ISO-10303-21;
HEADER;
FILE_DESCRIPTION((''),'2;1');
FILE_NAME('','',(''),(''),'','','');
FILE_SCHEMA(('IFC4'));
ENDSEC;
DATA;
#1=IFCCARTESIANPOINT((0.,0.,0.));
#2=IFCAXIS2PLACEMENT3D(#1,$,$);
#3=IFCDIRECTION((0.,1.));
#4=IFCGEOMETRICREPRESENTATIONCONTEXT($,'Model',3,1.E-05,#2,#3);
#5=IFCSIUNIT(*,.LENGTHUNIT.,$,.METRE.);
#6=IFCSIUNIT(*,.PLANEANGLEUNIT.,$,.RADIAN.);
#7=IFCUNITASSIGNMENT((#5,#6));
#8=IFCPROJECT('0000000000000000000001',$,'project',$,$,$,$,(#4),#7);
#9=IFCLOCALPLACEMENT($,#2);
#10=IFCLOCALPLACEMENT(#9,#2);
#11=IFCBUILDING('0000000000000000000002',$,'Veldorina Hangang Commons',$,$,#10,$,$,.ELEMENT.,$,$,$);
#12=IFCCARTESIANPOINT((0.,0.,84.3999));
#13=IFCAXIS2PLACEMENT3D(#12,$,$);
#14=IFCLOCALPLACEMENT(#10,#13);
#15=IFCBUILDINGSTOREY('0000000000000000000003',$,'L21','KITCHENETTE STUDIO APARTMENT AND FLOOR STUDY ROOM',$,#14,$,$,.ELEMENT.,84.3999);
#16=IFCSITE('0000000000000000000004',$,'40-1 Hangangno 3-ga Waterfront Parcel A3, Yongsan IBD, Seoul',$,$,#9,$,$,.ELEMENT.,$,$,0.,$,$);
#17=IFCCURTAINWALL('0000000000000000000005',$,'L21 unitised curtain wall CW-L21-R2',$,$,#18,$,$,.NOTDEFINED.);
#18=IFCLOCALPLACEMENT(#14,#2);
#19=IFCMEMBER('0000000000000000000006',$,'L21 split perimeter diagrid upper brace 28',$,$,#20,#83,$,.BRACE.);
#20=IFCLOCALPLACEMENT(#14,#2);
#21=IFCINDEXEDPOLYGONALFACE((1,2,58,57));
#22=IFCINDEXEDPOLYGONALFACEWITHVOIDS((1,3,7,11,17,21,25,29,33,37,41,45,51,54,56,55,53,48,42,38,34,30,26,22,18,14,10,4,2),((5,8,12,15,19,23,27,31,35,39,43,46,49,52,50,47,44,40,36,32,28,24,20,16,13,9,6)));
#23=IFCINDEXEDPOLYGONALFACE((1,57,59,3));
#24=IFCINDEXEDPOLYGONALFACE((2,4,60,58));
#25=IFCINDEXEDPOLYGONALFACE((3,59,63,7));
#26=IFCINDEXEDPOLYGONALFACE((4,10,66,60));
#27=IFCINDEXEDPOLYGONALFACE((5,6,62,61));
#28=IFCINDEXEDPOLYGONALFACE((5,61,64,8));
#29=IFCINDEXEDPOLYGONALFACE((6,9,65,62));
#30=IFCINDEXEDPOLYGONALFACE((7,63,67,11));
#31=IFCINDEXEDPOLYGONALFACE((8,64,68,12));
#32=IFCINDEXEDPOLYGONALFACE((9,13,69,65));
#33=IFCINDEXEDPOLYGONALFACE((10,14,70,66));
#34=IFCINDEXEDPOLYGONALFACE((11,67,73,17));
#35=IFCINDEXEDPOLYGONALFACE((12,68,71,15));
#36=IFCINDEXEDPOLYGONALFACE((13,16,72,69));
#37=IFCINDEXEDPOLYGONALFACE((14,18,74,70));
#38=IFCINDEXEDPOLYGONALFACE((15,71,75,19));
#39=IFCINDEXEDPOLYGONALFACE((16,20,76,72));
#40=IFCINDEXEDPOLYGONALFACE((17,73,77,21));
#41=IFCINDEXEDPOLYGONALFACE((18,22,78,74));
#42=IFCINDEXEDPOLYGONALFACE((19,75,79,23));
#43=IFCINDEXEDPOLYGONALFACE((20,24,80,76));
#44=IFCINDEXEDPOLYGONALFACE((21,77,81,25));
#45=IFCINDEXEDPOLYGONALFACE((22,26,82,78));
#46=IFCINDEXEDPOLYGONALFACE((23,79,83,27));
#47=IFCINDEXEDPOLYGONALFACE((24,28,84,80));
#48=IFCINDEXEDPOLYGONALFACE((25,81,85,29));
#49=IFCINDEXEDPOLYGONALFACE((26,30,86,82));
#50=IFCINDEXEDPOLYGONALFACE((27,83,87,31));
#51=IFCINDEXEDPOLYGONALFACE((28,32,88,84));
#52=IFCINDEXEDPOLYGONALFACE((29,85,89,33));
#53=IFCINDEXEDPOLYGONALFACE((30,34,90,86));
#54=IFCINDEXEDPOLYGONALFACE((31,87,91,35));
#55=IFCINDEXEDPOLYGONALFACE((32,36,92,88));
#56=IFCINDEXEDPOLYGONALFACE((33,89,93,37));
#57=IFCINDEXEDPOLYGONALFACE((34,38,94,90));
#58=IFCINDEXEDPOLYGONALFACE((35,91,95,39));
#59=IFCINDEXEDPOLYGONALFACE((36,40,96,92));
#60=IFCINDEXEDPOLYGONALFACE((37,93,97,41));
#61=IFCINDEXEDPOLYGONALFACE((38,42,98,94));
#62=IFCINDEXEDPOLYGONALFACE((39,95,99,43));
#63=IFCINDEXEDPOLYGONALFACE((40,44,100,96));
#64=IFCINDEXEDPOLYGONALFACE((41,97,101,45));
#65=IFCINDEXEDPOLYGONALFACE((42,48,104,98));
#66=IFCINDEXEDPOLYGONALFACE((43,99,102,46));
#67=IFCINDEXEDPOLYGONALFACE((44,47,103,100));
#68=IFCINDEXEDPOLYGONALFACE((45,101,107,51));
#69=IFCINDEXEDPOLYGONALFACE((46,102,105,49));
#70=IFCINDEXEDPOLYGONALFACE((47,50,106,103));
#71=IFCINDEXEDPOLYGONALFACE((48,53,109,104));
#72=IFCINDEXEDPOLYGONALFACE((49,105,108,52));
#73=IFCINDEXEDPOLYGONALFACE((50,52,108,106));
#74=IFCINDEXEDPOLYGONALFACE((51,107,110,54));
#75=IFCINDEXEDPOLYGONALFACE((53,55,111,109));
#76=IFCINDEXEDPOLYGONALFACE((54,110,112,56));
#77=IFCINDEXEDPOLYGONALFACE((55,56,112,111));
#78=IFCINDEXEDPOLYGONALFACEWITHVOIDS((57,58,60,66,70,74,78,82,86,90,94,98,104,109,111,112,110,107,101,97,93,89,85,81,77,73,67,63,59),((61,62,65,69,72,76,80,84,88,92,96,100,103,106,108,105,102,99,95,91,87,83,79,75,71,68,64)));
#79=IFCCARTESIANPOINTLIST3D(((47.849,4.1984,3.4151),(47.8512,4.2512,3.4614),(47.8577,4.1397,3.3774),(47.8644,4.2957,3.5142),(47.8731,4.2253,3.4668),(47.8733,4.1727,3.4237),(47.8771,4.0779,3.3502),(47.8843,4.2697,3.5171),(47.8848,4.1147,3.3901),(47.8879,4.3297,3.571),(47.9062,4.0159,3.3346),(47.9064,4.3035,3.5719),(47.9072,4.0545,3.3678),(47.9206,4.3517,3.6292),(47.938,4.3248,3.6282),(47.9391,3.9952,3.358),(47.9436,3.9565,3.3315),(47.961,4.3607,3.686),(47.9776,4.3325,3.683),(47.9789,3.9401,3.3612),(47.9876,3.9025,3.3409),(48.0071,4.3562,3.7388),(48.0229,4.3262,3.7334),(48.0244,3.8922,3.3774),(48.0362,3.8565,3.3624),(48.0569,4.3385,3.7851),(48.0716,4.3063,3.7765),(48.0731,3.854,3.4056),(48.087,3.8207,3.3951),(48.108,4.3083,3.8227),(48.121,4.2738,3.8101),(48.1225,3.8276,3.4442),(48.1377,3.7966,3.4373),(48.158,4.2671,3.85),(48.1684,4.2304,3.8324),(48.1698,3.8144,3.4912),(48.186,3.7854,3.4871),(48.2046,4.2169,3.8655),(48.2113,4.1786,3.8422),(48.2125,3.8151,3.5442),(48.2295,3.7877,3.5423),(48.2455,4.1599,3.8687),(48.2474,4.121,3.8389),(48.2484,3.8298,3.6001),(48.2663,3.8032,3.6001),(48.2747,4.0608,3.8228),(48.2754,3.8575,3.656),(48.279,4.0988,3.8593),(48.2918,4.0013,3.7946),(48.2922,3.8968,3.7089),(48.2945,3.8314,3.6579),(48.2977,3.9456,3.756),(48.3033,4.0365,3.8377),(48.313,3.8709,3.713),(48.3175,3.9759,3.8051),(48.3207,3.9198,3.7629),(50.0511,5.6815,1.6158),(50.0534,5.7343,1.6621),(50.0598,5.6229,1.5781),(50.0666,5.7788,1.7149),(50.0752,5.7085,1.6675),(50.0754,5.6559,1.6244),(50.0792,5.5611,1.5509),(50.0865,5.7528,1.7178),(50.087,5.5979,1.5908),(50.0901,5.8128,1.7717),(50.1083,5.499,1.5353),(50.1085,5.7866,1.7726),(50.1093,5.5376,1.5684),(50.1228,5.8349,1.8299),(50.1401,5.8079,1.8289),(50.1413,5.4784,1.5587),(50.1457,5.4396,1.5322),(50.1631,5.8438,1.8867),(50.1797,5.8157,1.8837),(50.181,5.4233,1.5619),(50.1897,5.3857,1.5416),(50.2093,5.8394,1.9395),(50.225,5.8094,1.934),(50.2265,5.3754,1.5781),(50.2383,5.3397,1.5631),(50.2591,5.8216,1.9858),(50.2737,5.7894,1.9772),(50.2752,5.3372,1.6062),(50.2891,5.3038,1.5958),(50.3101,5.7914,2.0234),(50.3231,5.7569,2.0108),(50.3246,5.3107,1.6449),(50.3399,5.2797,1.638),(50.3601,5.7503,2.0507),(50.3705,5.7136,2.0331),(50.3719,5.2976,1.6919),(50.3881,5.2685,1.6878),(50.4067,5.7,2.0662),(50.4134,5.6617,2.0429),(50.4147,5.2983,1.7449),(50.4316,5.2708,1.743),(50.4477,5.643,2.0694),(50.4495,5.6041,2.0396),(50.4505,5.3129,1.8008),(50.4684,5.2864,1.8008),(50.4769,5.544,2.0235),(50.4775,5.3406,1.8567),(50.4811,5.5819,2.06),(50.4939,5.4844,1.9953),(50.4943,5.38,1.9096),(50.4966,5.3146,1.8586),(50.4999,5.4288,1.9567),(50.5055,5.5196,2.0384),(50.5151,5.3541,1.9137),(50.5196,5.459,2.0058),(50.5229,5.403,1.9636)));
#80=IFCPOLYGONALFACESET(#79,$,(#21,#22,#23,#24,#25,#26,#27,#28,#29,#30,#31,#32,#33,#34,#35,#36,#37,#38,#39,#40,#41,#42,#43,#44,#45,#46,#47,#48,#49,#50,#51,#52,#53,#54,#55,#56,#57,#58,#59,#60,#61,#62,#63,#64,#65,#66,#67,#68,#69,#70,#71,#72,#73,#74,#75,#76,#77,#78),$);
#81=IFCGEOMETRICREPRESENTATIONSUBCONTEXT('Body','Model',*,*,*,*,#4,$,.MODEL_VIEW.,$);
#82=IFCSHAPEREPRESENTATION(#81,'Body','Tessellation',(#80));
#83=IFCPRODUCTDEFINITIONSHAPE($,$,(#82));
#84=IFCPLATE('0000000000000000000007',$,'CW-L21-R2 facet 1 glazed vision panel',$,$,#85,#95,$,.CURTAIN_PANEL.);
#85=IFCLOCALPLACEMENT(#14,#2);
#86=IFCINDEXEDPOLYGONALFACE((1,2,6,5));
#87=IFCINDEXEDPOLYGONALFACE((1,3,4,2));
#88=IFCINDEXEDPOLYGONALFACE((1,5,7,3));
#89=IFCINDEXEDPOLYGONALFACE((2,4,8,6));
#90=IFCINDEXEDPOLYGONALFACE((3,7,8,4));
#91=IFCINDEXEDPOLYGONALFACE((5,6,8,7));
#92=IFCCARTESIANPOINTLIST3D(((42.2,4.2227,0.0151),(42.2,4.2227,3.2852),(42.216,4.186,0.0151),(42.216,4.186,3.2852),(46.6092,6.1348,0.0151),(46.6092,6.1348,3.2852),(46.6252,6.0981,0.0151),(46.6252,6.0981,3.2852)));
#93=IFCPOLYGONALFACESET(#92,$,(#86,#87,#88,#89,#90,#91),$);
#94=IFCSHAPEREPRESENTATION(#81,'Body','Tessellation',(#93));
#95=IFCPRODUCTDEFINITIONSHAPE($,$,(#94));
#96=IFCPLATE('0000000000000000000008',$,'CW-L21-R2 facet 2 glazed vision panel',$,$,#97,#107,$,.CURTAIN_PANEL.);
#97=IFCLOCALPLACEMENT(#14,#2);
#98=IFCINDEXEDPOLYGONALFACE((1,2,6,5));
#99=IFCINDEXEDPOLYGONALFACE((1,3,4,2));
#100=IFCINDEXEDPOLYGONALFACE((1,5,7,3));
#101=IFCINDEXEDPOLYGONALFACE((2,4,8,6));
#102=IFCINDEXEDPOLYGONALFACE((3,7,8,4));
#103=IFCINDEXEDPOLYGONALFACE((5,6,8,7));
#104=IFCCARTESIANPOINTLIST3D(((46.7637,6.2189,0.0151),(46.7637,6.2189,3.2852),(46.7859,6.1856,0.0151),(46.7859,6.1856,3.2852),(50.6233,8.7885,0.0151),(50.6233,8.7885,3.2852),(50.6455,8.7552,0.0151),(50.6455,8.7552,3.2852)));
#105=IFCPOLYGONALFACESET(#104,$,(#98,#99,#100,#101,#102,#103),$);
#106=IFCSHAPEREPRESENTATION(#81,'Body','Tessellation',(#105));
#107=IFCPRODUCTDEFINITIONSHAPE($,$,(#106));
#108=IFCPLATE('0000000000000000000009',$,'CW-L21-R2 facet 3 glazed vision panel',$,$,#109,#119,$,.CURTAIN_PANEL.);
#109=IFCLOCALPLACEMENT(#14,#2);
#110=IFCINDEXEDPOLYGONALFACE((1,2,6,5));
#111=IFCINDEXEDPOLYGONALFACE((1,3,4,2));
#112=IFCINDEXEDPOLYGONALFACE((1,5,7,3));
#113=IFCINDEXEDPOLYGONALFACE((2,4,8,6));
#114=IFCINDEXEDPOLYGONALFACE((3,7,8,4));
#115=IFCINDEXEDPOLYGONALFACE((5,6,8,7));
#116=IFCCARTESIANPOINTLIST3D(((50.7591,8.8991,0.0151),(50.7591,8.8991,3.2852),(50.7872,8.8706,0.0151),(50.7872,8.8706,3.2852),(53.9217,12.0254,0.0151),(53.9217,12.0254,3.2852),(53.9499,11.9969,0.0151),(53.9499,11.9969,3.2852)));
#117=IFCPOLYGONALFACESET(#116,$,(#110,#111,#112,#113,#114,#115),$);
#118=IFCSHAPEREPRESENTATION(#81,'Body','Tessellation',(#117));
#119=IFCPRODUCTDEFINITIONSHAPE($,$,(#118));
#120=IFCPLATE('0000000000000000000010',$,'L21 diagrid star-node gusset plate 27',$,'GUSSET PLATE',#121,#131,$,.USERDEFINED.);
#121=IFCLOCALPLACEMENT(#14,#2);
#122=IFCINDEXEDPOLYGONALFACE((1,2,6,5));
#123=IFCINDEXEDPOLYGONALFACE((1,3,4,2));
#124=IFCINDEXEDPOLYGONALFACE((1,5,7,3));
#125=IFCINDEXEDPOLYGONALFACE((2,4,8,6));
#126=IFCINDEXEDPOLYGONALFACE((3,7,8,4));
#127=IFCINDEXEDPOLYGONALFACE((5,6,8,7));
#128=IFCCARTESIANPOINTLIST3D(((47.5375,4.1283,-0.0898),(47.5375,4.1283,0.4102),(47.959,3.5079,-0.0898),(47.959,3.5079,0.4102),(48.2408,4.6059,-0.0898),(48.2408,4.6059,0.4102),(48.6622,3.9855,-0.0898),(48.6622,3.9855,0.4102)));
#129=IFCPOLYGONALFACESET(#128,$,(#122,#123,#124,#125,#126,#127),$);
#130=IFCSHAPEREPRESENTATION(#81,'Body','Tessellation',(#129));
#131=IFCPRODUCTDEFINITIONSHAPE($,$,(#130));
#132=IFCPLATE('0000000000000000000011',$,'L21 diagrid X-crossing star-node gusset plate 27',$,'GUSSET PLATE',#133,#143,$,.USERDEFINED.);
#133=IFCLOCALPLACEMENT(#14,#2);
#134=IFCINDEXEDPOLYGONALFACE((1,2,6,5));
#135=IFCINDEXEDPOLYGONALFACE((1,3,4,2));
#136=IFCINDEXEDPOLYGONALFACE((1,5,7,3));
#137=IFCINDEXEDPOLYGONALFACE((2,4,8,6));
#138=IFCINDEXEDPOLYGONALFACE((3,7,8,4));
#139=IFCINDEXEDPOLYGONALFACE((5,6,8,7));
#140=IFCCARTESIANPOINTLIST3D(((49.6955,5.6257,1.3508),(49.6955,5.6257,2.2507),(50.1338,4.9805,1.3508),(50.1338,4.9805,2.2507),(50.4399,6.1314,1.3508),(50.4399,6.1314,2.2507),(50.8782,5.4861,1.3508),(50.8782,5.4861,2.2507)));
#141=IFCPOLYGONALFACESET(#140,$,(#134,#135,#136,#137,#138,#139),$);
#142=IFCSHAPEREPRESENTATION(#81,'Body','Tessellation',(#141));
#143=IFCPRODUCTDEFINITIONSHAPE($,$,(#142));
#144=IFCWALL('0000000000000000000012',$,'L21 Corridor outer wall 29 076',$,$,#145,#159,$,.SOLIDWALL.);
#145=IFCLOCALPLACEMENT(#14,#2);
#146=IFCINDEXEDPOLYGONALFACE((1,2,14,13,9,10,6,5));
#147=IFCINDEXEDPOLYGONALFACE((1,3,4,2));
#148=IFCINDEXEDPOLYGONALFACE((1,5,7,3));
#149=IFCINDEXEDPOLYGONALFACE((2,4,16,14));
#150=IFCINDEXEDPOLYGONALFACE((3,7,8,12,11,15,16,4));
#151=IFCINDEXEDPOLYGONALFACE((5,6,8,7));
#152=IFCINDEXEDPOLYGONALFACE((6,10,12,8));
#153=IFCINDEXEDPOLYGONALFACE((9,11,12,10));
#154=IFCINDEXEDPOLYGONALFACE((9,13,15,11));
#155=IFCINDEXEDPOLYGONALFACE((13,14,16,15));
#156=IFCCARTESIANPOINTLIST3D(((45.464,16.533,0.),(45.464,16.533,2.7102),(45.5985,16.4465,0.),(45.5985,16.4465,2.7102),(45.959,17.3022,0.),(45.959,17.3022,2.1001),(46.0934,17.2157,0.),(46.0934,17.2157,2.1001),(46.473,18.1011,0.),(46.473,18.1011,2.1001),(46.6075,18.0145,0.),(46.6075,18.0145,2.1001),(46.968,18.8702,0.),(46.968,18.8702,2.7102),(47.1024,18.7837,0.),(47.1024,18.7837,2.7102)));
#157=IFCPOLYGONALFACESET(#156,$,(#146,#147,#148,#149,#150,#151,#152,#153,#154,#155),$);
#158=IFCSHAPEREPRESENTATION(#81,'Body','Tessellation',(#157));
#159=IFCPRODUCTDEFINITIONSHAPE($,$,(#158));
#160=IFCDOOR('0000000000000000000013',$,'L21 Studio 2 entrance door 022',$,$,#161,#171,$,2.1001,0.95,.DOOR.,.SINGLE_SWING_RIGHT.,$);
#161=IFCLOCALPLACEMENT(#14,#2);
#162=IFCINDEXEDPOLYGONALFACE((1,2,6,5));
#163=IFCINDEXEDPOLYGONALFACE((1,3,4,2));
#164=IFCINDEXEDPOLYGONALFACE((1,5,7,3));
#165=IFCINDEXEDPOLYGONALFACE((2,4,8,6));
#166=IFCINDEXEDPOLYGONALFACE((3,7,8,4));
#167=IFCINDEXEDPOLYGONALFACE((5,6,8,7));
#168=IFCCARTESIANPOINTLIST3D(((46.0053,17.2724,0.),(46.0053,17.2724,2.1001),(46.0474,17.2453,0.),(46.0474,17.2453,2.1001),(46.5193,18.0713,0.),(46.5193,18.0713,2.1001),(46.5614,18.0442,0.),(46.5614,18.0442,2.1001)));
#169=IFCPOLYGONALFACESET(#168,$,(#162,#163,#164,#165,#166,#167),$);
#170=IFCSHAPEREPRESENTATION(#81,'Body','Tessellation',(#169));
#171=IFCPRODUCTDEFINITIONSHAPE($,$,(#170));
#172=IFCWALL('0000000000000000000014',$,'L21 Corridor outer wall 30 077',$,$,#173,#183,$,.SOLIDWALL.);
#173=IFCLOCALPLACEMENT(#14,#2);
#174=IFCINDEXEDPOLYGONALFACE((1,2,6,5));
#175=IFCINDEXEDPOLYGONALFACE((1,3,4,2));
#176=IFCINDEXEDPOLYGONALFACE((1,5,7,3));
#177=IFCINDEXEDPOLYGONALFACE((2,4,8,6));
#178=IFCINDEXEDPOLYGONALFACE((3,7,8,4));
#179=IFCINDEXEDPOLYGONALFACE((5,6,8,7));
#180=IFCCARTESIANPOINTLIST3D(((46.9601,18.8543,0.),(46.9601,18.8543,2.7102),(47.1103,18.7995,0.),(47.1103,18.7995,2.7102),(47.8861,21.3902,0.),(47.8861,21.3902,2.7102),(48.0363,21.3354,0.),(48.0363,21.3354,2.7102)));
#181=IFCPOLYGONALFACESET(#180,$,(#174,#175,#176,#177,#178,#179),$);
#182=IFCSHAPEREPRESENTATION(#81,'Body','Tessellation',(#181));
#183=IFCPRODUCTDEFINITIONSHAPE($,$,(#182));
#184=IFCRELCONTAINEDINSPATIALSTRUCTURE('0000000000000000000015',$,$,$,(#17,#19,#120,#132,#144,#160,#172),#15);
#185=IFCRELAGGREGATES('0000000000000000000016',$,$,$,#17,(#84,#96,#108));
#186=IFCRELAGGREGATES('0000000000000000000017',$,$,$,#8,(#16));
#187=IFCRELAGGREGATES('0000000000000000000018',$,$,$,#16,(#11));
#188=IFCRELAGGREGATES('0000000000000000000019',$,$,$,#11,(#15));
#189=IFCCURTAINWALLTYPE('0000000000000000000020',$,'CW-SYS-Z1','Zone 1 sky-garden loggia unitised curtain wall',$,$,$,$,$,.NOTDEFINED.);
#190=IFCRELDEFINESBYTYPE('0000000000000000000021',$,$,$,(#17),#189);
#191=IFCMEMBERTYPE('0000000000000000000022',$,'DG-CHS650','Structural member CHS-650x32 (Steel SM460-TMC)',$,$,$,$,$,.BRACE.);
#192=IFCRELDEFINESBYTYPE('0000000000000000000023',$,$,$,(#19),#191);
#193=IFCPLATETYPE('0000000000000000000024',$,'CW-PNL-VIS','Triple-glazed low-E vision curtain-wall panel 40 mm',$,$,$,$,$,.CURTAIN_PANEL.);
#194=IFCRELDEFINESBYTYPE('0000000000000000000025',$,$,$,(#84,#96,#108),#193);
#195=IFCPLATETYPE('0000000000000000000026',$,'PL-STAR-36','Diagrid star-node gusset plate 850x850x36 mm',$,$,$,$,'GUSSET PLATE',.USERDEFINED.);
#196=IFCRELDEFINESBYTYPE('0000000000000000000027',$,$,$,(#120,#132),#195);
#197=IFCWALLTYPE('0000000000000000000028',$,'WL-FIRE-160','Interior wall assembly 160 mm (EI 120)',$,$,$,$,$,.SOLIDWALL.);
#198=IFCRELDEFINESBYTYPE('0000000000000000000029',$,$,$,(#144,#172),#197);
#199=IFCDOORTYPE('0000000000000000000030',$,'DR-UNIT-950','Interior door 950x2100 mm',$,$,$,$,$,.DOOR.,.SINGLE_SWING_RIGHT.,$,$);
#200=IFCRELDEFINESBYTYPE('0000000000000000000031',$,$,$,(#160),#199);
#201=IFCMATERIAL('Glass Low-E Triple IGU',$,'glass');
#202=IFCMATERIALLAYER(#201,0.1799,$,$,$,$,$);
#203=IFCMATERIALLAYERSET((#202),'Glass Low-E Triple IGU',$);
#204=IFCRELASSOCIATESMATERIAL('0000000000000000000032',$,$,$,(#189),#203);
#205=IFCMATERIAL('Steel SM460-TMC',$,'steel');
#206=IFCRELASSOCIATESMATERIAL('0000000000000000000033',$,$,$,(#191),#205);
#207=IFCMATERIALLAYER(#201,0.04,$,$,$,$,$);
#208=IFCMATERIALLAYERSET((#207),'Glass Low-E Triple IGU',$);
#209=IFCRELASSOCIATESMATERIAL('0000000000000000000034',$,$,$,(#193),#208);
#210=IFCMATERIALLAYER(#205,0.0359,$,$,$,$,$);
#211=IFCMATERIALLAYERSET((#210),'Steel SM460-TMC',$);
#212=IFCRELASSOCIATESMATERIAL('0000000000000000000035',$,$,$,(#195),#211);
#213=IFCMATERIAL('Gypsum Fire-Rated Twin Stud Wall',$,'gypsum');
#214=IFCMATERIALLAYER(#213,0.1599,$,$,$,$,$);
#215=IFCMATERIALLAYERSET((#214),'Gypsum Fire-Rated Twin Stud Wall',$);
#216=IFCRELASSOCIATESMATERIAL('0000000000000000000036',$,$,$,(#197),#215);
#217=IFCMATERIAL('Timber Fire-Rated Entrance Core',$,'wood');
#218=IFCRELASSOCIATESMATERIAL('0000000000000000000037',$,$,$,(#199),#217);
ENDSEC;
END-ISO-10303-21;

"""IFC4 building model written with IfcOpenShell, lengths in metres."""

from ifc_helpers import new_model, si_unit, direction, frame, frame_2d, origin, origin_2d, place, context, subcontext, project, spatial, rectangle, hollow_circle, extrude, material, layer, layer_set, material_profile, profile_set, type_object, element, fill, aggregate, save


model = new_model("IFC4")

# Units and contexts
model_context = context("Model", 3, precision=1e-05, world=origin(), true_north=direction((0.0, 1.0)))
body_context = subcontext(model_context, "Body", "Model", "MODEL_VIEW")
ifc_project = project(units=[si_unit("LENGTHUNIT", "METRE"), si_unit("PLANEANGLEUNIT", "RADIAN")], contexts=[model_context])

# Site, building, storey
site_placement = place(None, origin())
site = spatial("IfcSite", under=ifc_project, at=site_placement, Name="40-1 Hangangno 3-ga Waterfront Parcel A3, Yongsan IBD, Seoul", CompositionType="ELEMENT", RefElevation=0.0)
building_placement = place(site_placement, origin())
building = spatial("IfcBuilding", under=site, at=building_placement, Name="Veldorina Hangang Commons", CompositionType="ELEMENT")
storey_placement = place(building_placement, frame((0.0, 0.0, 84.3999)))
storey = spatial("IfcBuildingStorey", under=building, at=storey_placement, Name="L21", Description="KITCHENETTE STUDIO APARTMENT AND FLOOR STUDY ROOM", CompositionType="ELEMENT", Elevation=84.3999)

# Curtain wall
ifc_material_1 = material(Name="Glass Low-E Triple IGU", Category="glass")
ifc_layer_1 = layer(ifc_material_1, 0.1799)
ifc_layer_set_1 = layer_set([ifc_layer_1], Name="Glass Low-E Triple IGU")
curtain_wall_type = type_object("IfcCurtainWallType", Name="CW-SYS-Z1", Description="Zone 1 sky-garden loggia unitised curtain wall", PredefinedType="NOTDEFINED", material=ifc_layer_set_1)
curtain_wall_placement = place(storey_placement, origin())
curtain_wall = element("IfcCurtainWall", 1, at=curtain_wall_placement, inside=storey, type_object=curtain_wall_type, Name="L21 unitised curtain wall CW-L21-R2", PredefinedType="NOTDEFINED")

# Member
ifc_material_2 = material(Name="Steel SM460-TMC", Category="steel")
ifc_material_profile_1 = material_profile(ifc_material_2, hollow_circle(Radius=0.325, WallThickness=0.032, at=origin_2d()), Name="CHS-650x32")
ifc_profile_set_1 = profile_set([ifc_material_profile_1], Name="Steel SM460-TMC")
member_type_1 = type_object("IfcMemberType", Name="DG-CHS650", Description="Structural member CHS-650x32 (Steel SM460-TMC)", PredefinedType="BRACE", material=ifc_profile_set_1)
member_1_placement = place(storey_placement, frame((50.2869, 5.5559, 1.8008), z_axis=(-0.686606, -0.462431, 0.561007), x_axis=(0.55862, -0.829424, 0.0)))
element("IfcMember", 2, at=member_1_placement, inside=storey, type_object=member_type_1, Name="L21 split perimeter diagrid upper brace 28", PredefinedType="BRACE", context=body_context, shape_type="SweptSolid", body=[
    extrude(hollow_circle(Radius=0.325, WallThickness=0.032, at=origin_2d()), origin(), (0.0, 0.0, 1.0), 3.2073),
])

# Plates
ifc_layer_2 = layer(ifc_material_1, 0.04)
ifc_layer_set_2 = layer_set([ifc_layer_2], Name="Glass Low-E Triple IGU")
plate_type_1 = type_object("IfcPlateType", Name="CW-PNL-VIS", Description="Triple-glazed low-E vision curtain-wall panel 40 mm", PredefinedType="CURTAIN_PANEL", material=ifc_layer_set_2)
plate_1_placement = place(storey_placement, frame((44.4126, 5.1604, 0.0151), z_axis=(0.0, 0.0, 1.0), x_axis=(0.917449, 0.397853, 0.0)))
plate_1 = element("IfcPlate", 3, at=plate_1_placement, type_object=plate_type_1, Name="CW-L21-R2 facet 1 glazed vision panel", PredefinedType="CURTAIN_PANEL", context=body_context, shape_type="SweptSolid", body=[
    extrude(rectangle(XDim=4.8059, YDim=0.04, at=origin_2d()), origin(), (0.0, 0.0, 1.0), 3.27),
])
plate_2_placement = place(storey_placement, frame((48.7046, 7.4871, 0.0151), z_axis=(0.0, 0.0, 1.0), x_axis=(0.832399, 0.554176, 0.0)))
plate_2 = element("IfcPlate", 4, at=plate_2_placement, type_object=plate_type_1, Name="CW-L21-R2 facet 2 glazed vision panel", PredefinedType="CURTAIN_PANEL", context=body_context, shape_type="SweptSolid", body=[
    extrude(rectangle(XDim=4.6367, YDim=0.04, at=origin_2d()), origin(), (0.0, 0.0, 1.0), 3.27),
])
plate_3_placement = place(storey_placement, frame((52.3545, 10.448, 0.0151), z_axis=(0.0, 0.0, 1.0), x_axis=(0.71118, 0.70301, 0.0)))
plate_3 = element("IfcPlate", 5, at=plate_3_placement, type_object=plate_type_1, Name="CW-L21-R2 facet 3 glazed vision panel", PredefinedType="CURTAIN_PANEL", context=body_context, shape_type="SweptSolid", body=[
    extrude(rectangle(XDim=4.447, YDim=0.04, at=origin_2d()), origin(), (0.0, 0.0, 1.0), 3.27),
])
aggregate(curtain_wall, [plate_1, plate_2, plate_3])

# Plates
ifc_layer_3 = layer(ifc_material_2, 0.0359)
ifc_layer_set_3 = layer_set([ifc_layer_3], Name="Steel SM460-TMC")
plate_type_2 = type_object("IfcPlateType", Name="PL-STAR-36", Description="Diagrid star-node gusset plate 850x850x36 mm", ElementType="GUSSET PLATE", PredefinedType="USERDEFINED", material=ifc_layer_set_3)
plate_4_placement = place(storey_placement, frame((48.0999, 4.0569, -0.0898), z_axis=(0.0, 0.0, 1.0), x_axis=(0.827218, 0.561881, 0.0)))
element("IfcPlate", 6, at=plate_4_placement, inside=storey, type_object=plate_type_2, Name="L21 diagrid star-node gusset plate 27", ObjectType="GUSSET PLATE", PredefinedType="USERDEFINED", context=body_context, shape_type="SweptSolid", body=[
    extrude(rectangle(XDim=0.8501, YDim=0.75, at=origin_2d()), origin(), (0.0, 0.0, 1.0), 0.5),
])
plate_5_placement = place(storey_placement, frame((50.2869, 5.5559, 1.3508), z_axis=(0.0, 0.0, 1.0), x_axis=(0.827218, 0.561881, 0.0)))
element("IfcPlate", 7, at=plate_5_placement, inside=storey, type_object=plate_type_2, Name="L21 diagrid X-crossing star-node gusset plate 27", ObjectType="GUSSET PLATE", PredefinedType="USERDEFINED", context=body_context, shape_type="SweptSolid", body=[
    extrude(rectangle(XDim=0.8999, YDim=0.78, at=origin_2d()), origin(), (0.0, 0.0, 1.0), 0.8999),
])

# Wall, opening, door
ifc_material_3 = material(Name="Gypsum Fire-Rated Twin Stud Wall", Category="gypsum")
ifc_layer_4 = layer(ifc_material_3, 0.1599)
ifc_layer_set_4 = layer_set([ifc_layer_4], Name="Gypsum Fire-Rated Twin Stud Wall")
wall_type_1 = type_object("IfcWallType", Name="WL-FIRE-160", Description="Interior wall assembly 160 mm (EI 120)", PredefinedType="SOLIDWALL", material=ifc_layer_set_4)
wall_1_placement = place(storey_placement, frame((45.5312, 16.4897, 0.0), z_axis=(0.0, 0.0, 1.0), x_axis=(0.541126, 0.840941, 0.0)))
wall_1 = element("IfcWall", 8, at=wall_1_placement, inside=storey, type_object=wall_type_1, Name="L21 Corridor outer wall 29 076", PredefinedType="SOLIDWALL", context=body_context, shape_type="SweptSolid", body=[
    extrude(rectangle(XDim=2.7793, YDim=0.1599, at=frame_2d((1.3896, 0.0))), origin(), (0.0, 0.0, 1.0), 2.7102),
])
opening_1_placement = place(wall_1_placement, frame((0.9146, 0.0, 0.0)))
opening_1 = element("IfcOpeningElement", 9, at=opening_1_placement, cuts=wall_1, PredefinedType="OPENING", context=body_context, shape_type="SweptSolid", body=[
    extrude(rectangle(XDim=0.95, YDim=2.1001, at=frame_2d((0.4751, 1.05))), frame((0.0, 0.0898, 0.0), z_axis=(0.0, -1.0, 0.0), x_axis=(1.0, 0.0, 0.0)), (0.0, 0.0, 1.0), 0.1799),
])
ifc_material_4 = material(Name="Timber Fire-Rated Entrance Core", Category="wood")
door_type_1 = type_object("IfcDoorType", Name="DR-UNIT-950", Description="Interior door 950x2100 mm", OperationType="SINGLE_SWING_RIGHT", PredefinedType="DOOR", material=ifc_material_4)
door_1_placement = place(opening_1_placement, origin())
door_1 = element("IfcDoor", 10, at=door_1_placement, inside=storey, type_object=door_type_1, Name="L21 Studio 2 entrance door 022", OperationType="SINGLE_SWING_RIGHT", OverallHeight=2.1001, OverallWidth=0.95, PredefinedType="DOOR", context=body_context, shape_type="SweptSolid", body=[
    extrude(rectangle(XDim=0.95, YDim=2.1001, at=frame_2d((0.4751, 1.05))), frame((0.0, 0.0249, 0.0), z_axis=(0.0, -1.0, 0.0), x_axis=(1.0, 0.0, 0.0)), (0.0, 0.0, 1.0), 0.05),
])
fill(opening_1, door_1)

# Wall
wall_2_placement = place(storey_placement, frame((47.0352, 18.8269, 0.0), z_axis=(0.0, 0.0, 1.0), x_axis=(0.343013, 0.93933, 0.0)))
element("IfcWall", 11, at=wall_2_placement, inside=storey, type_object=wall_type_1, Name="L21 Corridor outer wall 30 077", PredefinedType="SOLIDWALL", context=body_context, shape_type="SweptSolid", body=[
    extrude(rectangle(XDim=2.6997, YDim=0.1599, at=frame_2d((1.3499, 0.0))), origin(), (0.0, 0.0, 1.0), 2.7102),
])

save(model, "model.ifc")
